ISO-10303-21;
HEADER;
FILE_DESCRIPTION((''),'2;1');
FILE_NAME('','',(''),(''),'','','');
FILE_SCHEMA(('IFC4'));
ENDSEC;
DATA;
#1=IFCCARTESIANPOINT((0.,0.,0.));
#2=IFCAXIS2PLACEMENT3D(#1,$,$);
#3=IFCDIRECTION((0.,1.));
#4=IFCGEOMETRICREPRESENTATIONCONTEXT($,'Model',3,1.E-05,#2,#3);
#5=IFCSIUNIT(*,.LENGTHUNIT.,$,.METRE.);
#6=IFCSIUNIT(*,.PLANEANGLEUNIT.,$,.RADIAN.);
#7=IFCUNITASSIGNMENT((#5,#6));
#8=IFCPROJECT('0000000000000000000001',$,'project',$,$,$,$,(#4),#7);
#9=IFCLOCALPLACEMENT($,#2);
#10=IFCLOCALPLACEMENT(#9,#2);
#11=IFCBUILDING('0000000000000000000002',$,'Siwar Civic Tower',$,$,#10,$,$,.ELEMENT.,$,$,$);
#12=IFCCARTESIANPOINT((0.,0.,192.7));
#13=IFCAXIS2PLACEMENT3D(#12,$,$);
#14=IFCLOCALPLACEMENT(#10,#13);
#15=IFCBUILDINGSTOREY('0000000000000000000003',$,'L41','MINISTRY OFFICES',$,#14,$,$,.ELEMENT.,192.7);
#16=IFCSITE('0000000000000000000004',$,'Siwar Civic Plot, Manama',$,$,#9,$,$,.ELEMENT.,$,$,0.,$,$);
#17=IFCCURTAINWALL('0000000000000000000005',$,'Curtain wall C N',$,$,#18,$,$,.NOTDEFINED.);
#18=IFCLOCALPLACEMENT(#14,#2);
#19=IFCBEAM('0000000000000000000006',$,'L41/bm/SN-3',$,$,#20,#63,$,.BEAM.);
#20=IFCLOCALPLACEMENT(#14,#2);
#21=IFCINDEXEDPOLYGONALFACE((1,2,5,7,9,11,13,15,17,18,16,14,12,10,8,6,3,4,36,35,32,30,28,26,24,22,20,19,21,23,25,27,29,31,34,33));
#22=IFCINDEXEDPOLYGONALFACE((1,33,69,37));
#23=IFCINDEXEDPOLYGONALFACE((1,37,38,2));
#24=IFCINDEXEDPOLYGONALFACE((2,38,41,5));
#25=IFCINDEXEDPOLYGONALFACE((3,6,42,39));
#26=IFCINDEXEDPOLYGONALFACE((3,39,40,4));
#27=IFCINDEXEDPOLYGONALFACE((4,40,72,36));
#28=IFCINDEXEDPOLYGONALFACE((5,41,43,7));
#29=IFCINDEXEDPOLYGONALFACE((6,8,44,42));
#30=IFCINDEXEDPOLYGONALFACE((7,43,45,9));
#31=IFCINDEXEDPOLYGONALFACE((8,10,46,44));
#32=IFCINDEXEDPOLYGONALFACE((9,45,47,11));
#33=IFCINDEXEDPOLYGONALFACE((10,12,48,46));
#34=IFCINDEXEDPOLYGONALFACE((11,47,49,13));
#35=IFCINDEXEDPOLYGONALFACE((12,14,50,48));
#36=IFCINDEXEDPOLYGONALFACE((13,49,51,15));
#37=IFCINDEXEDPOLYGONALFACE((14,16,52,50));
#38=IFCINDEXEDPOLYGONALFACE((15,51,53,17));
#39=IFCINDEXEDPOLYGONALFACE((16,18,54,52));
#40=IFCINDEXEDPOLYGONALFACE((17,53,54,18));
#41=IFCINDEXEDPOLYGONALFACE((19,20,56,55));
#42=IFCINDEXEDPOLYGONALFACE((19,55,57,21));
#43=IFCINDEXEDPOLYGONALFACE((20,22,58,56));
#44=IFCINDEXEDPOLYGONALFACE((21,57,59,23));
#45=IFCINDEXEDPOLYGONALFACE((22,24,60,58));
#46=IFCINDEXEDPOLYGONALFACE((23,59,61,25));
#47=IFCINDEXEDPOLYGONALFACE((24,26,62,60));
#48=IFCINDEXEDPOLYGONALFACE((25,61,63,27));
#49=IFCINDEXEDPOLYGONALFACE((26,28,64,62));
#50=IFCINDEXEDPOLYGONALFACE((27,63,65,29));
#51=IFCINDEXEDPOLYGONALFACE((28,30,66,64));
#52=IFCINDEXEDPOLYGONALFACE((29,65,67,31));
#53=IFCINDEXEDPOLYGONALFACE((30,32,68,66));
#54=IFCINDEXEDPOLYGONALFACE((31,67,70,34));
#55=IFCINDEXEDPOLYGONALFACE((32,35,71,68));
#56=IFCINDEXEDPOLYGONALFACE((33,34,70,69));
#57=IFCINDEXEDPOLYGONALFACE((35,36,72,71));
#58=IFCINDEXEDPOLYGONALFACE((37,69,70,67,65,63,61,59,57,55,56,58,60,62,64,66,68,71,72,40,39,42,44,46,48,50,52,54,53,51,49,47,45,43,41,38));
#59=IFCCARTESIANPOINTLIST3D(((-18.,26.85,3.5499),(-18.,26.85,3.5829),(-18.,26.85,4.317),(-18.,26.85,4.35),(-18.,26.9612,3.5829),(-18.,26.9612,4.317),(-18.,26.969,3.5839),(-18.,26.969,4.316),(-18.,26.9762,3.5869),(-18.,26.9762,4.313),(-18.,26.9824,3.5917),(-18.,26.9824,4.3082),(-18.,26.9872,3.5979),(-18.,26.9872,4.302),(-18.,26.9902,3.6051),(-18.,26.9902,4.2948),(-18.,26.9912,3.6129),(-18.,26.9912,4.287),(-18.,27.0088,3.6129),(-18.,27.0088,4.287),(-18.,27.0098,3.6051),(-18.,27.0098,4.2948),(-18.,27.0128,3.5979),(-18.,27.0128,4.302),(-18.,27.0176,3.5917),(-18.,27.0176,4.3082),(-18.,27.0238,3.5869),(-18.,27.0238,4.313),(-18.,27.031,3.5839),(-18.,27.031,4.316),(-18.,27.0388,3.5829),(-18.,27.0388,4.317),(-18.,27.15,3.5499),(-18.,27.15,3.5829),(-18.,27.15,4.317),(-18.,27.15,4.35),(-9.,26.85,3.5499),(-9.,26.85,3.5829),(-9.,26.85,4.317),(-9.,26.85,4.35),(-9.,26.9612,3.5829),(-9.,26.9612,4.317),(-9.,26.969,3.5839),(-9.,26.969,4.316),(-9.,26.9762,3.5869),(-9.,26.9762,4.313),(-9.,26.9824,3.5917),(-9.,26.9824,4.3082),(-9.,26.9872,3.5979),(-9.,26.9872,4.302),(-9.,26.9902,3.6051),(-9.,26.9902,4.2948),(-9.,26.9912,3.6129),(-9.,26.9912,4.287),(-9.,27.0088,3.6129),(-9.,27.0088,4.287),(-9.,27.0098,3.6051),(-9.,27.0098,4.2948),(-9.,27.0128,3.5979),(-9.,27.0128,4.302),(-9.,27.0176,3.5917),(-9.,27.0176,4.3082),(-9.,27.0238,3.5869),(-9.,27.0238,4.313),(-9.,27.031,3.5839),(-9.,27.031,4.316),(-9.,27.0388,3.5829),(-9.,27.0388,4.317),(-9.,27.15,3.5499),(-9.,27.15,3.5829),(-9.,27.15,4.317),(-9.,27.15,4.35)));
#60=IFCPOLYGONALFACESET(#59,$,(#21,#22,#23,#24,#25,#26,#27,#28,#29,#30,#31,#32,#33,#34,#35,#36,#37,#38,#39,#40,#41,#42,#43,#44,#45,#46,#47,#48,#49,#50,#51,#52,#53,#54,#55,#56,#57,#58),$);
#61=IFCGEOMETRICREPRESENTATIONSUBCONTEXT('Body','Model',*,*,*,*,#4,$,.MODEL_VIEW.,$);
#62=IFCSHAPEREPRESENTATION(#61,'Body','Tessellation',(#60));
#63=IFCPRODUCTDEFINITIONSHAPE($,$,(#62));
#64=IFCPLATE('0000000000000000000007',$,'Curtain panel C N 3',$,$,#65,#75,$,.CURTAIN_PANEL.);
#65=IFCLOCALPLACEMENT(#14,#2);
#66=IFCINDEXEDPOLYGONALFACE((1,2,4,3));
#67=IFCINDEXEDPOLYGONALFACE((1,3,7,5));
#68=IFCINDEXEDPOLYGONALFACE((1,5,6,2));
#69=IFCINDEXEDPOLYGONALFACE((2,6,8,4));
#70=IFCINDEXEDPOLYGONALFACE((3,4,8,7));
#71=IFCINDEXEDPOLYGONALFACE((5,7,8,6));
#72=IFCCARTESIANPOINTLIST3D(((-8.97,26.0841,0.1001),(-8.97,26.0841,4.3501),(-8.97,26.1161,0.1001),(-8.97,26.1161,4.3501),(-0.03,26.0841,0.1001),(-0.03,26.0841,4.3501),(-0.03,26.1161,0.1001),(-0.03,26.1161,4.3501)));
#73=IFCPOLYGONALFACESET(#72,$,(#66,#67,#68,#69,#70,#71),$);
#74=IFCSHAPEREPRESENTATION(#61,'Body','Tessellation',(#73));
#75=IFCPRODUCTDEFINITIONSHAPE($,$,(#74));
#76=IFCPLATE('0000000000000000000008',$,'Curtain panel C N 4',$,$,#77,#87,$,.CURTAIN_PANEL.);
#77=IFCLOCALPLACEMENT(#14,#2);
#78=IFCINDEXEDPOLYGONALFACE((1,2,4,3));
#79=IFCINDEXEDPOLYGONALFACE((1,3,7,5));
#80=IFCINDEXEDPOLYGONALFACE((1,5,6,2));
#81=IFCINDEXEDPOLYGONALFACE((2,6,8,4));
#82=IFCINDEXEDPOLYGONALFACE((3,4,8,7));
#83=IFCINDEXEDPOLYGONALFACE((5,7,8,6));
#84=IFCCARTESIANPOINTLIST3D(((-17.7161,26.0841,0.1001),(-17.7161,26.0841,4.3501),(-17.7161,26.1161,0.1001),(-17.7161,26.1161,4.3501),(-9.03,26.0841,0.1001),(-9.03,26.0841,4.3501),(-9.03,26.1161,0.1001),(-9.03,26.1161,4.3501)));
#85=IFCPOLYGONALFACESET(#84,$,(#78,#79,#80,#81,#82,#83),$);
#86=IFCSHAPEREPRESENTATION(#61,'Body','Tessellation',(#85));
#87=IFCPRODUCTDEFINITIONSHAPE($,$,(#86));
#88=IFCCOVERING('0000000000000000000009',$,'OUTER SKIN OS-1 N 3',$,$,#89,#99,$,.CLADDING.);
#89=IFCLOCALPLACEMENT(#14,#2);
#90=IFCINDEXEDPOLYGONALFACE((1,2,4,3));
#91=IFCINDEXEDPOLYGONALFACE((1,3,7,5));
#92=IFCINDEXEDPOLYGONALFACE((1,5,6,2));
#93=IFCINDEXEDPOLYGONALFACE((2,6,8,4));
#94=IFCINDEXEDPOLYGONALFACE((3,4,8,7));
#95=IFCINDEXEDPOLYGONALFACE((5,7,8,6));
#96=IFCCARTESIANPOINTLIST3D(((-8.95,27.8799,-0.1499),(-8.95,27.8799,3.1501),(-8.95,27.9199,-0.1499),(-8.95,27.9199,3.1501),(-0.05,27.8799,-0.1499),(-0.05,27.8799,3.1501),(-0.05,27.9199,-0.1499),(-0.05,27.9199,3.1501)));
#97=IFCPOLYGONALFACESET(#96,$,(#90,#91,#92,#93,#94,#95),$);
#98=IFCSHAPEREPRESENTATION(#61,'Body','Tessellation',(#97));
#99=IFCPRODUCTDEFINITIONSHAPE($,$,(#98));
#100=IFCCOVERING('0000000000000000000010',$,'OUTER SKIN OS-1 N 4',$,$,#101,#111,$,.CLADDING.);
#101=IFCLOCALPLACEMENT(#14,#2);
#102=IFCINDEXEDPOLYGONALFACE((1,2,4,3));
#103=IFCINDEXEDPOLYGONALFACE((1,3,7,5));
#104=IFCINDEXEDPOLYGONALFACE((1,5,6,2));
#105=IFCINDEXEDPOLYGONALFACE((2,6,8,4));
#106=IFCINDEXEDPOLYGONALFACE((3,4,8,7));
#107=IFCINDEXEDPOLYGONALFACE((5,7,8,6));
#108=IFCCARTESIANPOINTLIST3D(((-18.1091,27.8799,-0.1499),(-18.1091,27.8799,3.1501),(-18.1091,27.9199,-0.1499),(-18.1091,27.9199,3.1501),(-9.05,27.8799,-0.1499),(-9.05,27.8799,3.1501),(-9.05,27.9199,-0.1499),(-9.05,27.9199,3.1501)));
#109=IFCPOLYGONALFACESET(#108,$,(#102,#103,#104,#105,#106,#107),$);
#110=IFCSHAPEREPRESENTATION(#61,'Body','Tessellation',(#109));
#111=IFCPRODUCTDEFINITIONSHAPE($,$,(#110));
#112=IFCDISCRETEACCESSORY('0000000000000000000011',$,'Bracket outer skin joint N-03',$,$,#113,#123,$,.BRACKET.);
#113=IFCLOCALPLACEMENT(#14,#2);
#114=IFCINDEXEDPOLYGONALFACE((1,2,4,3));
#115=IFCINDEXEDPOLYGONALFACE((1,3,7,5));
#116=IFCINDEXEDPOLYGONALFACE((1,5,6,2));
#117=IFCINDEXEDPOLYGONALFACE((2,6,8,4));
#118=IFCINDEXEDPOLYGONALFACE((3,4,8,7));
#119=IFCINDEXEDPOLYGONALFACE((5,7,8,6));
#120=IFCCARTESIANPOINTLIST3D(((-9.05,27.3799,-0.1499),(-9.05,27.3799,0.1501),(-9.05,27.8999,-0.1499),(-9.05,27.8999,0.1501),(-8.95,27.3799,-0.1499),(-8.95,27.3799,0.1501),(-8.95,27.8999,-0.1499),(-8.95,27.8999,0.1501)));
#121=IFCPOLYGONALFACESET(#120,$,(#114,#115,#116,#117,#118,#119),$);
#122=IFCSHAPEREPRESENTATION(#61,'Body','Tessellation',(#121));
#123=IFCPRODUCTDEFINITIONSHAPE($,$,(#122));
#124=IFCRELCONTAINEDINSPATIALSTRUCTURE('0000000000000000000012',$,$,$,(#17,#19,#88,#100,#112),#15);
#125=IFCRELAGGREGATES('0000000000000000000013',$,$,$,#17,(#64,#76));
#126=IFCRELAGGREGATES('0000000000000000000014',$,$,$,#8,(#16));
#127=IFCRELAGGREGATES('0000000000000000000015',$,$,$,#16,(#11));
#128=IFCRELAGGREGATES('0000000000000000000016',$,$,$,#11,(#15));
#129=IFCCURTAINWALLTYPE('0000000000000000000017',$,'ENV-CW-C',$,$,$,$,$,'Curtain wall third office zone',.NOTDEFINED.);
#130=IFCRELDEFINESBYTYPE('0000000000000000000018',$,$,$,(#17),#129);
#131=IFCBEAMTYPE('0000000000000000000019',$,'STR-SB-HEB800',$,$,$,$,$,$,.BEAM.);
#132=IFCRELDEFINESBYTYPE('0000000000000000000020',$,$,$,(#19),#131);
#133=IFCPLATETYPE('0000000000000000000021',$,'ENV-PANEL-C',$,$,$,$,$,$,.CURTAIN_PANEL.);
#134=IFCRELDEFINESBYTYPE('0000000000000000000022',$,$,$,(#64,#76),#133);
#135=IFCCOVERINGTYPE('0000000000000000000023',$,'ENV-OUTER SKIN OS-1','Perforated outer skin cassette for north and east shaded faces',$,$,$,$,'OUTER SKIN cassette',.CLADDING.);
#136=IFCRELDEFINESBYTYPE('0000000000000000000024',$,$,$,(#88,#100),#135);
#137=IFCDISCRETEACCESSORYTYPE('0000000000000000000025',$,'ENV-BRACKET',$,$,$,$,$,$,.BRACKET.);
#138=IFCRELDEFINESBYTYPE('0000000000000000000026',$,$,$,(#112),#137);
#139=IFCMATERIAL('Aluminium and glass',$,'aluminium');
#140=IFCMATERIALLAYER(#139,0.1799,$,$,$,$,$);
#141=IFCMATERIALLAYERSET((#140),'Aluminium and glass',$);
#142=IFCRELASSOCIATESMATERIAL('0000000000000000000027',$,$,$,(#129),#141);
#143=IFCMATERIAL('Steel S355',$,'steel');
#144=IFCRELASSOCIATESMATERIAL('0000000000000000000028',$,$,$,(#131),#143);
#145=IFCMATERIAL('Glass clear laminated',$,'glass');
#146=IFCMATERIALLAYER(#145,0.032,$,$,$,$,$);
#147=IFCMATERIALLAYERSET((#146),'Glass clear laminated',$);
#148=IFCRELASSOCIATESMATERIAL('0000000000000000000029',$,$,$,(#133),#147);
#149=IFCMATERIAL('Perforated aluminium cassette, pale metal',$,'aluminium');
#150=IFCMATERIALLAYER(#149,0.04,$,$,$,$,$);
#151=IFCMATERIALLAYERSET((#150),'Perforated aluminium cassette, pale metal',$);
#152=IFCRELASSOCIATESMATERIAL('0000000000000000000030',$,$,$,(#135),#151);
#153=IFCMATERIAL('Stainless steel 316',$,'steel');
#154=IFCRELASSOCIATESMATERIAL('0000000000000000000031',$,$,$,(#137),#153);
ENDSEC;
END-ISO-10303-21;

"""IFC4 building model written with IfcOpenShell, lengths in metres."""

from ifc_helpers import new_model, si_unit, direction, frame, origin, origin_2d, place, context, subcontext, project, spatial, rectangle, i_section, extrude, material, layer, layer_set, material_profile, profile_set, type_object, element, aggregate, save


model = new_model("IFC4")

# Units and contexts
model_context = context("Model", 3, precision=1e-05, world=origin(), true_north=direction((0.0, 1.0)))
body_context = subcontext(model_context, "Body", "Model", "MODEL_VIEW")
ifc_project = project(units=[si_unit("LENGTHUNIT", "METRE"), si_unit("PLANEANGLEUNIT", "RADIAN")], contexts=[model_context])

# Site, building, storey
site_placement = place(None, origin())
site = spatial("IfcSite", under=ifc_project, at=site_placement, Name="Siwar Civic Plot, Manama", CompositionType="ELEMENT", RefElevation=0.0)
building_placement = place(site_placement, origin())
building = spatial("IfcBuilding", under=site, at=building_placement, Name="Siwar Civic Tower", CompositionType="ELEMENT")
storey_placement = place(building_placement, frame((0.0, 0.0, 192.7)))
storey = spatial("IfcBuildingStorey", under=building, at=storey_placement, Name="L41", Description="MINISTRY OFFICES", CompositionType="ELEMENT", Elevation=192.7)

# Curtain wall
ifc_material_1 = material(Name="Aluminium and glass", Category="aluminium")
ifc_layer_1 = layer(ifc_material_1, 0.1799)
ifc_layer_set_1 = layer_set([ifc_layer_1], Name="Aluminium and glass")
curtain_wall_type = type_object("IfcCurtainWallType", Name="ENV-CW-C", ElementType="Curtain wall third office zone", PredefinedType="NOTDEFINED", material=ifc_layer_set_1)
curtain_wall_placement = place(storey_placement, origin())
curtain_wall = element("IfcCurtainWall", 1, at=curtain_wall_placement, inside=storey, type_object=curtain_wall_type, Name="Curtain wall C N", PredefinedType="NOTDEFINED")

# Beam
ifc_material_2 = material(Name="Steel S355", Category="steel")
ifc_material_profile_1 = material_profile(ifc_material_2, i_section(OverallWidth=0.3, OverallDepth=0.8, WebThickness=0.0176, FlangeThickness=0.033, FilletRadius=0.03, at=origin_2d()), Name="HEB800")
ifc_profile_set_1 = profile_set([ifc_material_profile_1], Name="Steel S355")
beam_type_1 = type_object("IfcBeamType", Name="STR-SB-HEB800", PredefinedType="BEAM", material=ifc_profile_set_1)
for number, where, z_axis, x_axis, name in (
    (2, (-9.0, 27.0, 3.95), (-1.0, 0.0, 0.0), (0.0, -1.0, 0.0), "L41/bm/SN-3"),
):
    element("IfcBeam", number, at=place(storey_placement, frame(where, z_axis=z_axis, x_axis=x_axis)), inside=storey, type_object=beam_type_1, Name=name, PredefinedType="BEAM", context=body_context, shape_type="SweptSolid", body=[
        extrude(i_section(OverallWidth=0.3, OverallDepth=0.8, WebThickness=0.0176, FlangeThickness=0.033, FilletRadius=0.03, at=origin_2d()), origin(), (0.0, 0.0, 1.0), 9.0),
    ])

# Plates
ifc_material_3 = material(Name="Glass clear laminated", Category="glass")
ifc_layer_2 = layer(ifc_material_3, 0.032)
ifc_layer_set_2 = layer_set([ifc_layer_2], Name="Glass clear laminated")
plate_type = type_object("IfcPlateType", Name="ENV-PANEL-C", PredefinedType="CURTAIN_PANEL", material=ifc_layer_set_2)
plate_1_placement = place(storey_placement, frame((-4.5, 26.1001, 0.1001), z_axis=(0.0, 0.0, 1.0), x_axis=(-1.0, 0.0, 0.0)))
plate_1 = element("IfcPlate", 3, at=plate_1_placement, type_object=plate_type, Name="Curtain panel C N 3", PredefinedType="CURTAIN_PANEL", context=body_context, shape_type="SweptSolid", body=[
    extrude(rectangle(XDim=8.9399, YDim=0.032, at=origin_2d()), origin(), (0.0, 0.0, 1.0), 4.25),
])
plate_2_placement = place(storey_placement, frame((-13.373, 26.1001, 0.1001), z_axis=(0.0, 0.0, 1.0), x_axis=(-1.0, 0.0, 0.0)))
plate_2 = element("IfcPlate", 4, at=plate_2_placement, type_object=plate_type, Name="Curtain panel C N 4", PredefinedType="CURTAIN_PANEL", context=body_context, shape_type="SweptSolid", body=[
    extrude(rectangle(XDim=8.686, YDim=0.032, at=origin_2d()), origin(), (0.0, 0.0, 1.0), 4.25),
])
aggregate(curtain_wall, [plate_1, plate_2])

# Coverings
ifc_material_4 = material(Name="Perforated aluminium cassette, pale metal", Category="aluminium")
ifc_layer_3 = layer(ifc_material_4, 0.04)
ifc_layer_set_3 = layer_set([ifc_layer_3], Name="Perforated aluminium cassette, pale metal")
covering_type = type_object("IfcCoveringType", Name="ENV-OUTER SKIN OS-1", Description="Perforated outer skin cassette for north and east shaded faces", ElementType="OUTER SKIN cassette", PredefinedType="CLADDING", material=ifc_layer_set_3)
covering_1_placement = place(storey_placement, frame((-4.5, 27.8999, -0.1499), z_axis=(0.0, 0.0, 1.0), x_axis=(-1.0, 0.0, 0.0)))
element("IfcCovering", 5, at=covering_1_placement, inside=storey, type_object=covering_type, Name="OUTER SKIN OS-1 N 3", PredefinedType="CLADDING", context=body_context, shape_type="SweptSolid", body=[
    extrude(rectangle(XDim=8.8999, YDim=0.04, at=origin_2d()), origin(), (0.0, 0.0, 1.0), 3.3),
])
covering_2_placement = place(storey_placement, frame((-13.5796, 27.8999, -0.1499), z_axis=(0.0, 0.0, 1.0), x_axis=(-1.0, 0.0, 0.0)))
element("IfcCovering", 6, at=covering_2_placement, inside=storey, type_object=covering_type, Name="OUTER SKIN OS-1 N 4", PredefinedType="CLADDING", context=body_context, shape_type="SweptSolid", body=[
    extrude(rectangle(XDim=9.0591, YDim=0.04, at=origin_2d()), origin(), (0.0, 0.0, 1.0), 3.3),
])

# Discrete accessory
ifc_material_5 = material(Name="Stainless steel 316", Category="steel")
discrete_accessory_type = type_object("IfcDiscreteAccessoryType", Name="ENV-BRACKET", PredefinedType="BRACKET", material=ifc_material_5)
discrete_accessory_placement = place(storey_placement, frame((-9.0, 27.6399, -0.1499), z_axis=(0.0, 0.0, 1.0), x_axis=(0.0, 1.0, 0.0)))
element("IfcDiscreteAccessory", 7, at=discrete_accessory_placement, inside=storey, type_object=discrete_accessory_type, Name="Bracket outer skin joint N-03", PredefinedType="BRACKET", context=body_context, shape_type="SweptSolid", body=[
    extrude(rectangle(XDim=0.52, YDim=0.1001, at=origin_2d()), origin(), (0.0, 0.0, 1.0), 0.3),
])

save(model, "model.ifc")
